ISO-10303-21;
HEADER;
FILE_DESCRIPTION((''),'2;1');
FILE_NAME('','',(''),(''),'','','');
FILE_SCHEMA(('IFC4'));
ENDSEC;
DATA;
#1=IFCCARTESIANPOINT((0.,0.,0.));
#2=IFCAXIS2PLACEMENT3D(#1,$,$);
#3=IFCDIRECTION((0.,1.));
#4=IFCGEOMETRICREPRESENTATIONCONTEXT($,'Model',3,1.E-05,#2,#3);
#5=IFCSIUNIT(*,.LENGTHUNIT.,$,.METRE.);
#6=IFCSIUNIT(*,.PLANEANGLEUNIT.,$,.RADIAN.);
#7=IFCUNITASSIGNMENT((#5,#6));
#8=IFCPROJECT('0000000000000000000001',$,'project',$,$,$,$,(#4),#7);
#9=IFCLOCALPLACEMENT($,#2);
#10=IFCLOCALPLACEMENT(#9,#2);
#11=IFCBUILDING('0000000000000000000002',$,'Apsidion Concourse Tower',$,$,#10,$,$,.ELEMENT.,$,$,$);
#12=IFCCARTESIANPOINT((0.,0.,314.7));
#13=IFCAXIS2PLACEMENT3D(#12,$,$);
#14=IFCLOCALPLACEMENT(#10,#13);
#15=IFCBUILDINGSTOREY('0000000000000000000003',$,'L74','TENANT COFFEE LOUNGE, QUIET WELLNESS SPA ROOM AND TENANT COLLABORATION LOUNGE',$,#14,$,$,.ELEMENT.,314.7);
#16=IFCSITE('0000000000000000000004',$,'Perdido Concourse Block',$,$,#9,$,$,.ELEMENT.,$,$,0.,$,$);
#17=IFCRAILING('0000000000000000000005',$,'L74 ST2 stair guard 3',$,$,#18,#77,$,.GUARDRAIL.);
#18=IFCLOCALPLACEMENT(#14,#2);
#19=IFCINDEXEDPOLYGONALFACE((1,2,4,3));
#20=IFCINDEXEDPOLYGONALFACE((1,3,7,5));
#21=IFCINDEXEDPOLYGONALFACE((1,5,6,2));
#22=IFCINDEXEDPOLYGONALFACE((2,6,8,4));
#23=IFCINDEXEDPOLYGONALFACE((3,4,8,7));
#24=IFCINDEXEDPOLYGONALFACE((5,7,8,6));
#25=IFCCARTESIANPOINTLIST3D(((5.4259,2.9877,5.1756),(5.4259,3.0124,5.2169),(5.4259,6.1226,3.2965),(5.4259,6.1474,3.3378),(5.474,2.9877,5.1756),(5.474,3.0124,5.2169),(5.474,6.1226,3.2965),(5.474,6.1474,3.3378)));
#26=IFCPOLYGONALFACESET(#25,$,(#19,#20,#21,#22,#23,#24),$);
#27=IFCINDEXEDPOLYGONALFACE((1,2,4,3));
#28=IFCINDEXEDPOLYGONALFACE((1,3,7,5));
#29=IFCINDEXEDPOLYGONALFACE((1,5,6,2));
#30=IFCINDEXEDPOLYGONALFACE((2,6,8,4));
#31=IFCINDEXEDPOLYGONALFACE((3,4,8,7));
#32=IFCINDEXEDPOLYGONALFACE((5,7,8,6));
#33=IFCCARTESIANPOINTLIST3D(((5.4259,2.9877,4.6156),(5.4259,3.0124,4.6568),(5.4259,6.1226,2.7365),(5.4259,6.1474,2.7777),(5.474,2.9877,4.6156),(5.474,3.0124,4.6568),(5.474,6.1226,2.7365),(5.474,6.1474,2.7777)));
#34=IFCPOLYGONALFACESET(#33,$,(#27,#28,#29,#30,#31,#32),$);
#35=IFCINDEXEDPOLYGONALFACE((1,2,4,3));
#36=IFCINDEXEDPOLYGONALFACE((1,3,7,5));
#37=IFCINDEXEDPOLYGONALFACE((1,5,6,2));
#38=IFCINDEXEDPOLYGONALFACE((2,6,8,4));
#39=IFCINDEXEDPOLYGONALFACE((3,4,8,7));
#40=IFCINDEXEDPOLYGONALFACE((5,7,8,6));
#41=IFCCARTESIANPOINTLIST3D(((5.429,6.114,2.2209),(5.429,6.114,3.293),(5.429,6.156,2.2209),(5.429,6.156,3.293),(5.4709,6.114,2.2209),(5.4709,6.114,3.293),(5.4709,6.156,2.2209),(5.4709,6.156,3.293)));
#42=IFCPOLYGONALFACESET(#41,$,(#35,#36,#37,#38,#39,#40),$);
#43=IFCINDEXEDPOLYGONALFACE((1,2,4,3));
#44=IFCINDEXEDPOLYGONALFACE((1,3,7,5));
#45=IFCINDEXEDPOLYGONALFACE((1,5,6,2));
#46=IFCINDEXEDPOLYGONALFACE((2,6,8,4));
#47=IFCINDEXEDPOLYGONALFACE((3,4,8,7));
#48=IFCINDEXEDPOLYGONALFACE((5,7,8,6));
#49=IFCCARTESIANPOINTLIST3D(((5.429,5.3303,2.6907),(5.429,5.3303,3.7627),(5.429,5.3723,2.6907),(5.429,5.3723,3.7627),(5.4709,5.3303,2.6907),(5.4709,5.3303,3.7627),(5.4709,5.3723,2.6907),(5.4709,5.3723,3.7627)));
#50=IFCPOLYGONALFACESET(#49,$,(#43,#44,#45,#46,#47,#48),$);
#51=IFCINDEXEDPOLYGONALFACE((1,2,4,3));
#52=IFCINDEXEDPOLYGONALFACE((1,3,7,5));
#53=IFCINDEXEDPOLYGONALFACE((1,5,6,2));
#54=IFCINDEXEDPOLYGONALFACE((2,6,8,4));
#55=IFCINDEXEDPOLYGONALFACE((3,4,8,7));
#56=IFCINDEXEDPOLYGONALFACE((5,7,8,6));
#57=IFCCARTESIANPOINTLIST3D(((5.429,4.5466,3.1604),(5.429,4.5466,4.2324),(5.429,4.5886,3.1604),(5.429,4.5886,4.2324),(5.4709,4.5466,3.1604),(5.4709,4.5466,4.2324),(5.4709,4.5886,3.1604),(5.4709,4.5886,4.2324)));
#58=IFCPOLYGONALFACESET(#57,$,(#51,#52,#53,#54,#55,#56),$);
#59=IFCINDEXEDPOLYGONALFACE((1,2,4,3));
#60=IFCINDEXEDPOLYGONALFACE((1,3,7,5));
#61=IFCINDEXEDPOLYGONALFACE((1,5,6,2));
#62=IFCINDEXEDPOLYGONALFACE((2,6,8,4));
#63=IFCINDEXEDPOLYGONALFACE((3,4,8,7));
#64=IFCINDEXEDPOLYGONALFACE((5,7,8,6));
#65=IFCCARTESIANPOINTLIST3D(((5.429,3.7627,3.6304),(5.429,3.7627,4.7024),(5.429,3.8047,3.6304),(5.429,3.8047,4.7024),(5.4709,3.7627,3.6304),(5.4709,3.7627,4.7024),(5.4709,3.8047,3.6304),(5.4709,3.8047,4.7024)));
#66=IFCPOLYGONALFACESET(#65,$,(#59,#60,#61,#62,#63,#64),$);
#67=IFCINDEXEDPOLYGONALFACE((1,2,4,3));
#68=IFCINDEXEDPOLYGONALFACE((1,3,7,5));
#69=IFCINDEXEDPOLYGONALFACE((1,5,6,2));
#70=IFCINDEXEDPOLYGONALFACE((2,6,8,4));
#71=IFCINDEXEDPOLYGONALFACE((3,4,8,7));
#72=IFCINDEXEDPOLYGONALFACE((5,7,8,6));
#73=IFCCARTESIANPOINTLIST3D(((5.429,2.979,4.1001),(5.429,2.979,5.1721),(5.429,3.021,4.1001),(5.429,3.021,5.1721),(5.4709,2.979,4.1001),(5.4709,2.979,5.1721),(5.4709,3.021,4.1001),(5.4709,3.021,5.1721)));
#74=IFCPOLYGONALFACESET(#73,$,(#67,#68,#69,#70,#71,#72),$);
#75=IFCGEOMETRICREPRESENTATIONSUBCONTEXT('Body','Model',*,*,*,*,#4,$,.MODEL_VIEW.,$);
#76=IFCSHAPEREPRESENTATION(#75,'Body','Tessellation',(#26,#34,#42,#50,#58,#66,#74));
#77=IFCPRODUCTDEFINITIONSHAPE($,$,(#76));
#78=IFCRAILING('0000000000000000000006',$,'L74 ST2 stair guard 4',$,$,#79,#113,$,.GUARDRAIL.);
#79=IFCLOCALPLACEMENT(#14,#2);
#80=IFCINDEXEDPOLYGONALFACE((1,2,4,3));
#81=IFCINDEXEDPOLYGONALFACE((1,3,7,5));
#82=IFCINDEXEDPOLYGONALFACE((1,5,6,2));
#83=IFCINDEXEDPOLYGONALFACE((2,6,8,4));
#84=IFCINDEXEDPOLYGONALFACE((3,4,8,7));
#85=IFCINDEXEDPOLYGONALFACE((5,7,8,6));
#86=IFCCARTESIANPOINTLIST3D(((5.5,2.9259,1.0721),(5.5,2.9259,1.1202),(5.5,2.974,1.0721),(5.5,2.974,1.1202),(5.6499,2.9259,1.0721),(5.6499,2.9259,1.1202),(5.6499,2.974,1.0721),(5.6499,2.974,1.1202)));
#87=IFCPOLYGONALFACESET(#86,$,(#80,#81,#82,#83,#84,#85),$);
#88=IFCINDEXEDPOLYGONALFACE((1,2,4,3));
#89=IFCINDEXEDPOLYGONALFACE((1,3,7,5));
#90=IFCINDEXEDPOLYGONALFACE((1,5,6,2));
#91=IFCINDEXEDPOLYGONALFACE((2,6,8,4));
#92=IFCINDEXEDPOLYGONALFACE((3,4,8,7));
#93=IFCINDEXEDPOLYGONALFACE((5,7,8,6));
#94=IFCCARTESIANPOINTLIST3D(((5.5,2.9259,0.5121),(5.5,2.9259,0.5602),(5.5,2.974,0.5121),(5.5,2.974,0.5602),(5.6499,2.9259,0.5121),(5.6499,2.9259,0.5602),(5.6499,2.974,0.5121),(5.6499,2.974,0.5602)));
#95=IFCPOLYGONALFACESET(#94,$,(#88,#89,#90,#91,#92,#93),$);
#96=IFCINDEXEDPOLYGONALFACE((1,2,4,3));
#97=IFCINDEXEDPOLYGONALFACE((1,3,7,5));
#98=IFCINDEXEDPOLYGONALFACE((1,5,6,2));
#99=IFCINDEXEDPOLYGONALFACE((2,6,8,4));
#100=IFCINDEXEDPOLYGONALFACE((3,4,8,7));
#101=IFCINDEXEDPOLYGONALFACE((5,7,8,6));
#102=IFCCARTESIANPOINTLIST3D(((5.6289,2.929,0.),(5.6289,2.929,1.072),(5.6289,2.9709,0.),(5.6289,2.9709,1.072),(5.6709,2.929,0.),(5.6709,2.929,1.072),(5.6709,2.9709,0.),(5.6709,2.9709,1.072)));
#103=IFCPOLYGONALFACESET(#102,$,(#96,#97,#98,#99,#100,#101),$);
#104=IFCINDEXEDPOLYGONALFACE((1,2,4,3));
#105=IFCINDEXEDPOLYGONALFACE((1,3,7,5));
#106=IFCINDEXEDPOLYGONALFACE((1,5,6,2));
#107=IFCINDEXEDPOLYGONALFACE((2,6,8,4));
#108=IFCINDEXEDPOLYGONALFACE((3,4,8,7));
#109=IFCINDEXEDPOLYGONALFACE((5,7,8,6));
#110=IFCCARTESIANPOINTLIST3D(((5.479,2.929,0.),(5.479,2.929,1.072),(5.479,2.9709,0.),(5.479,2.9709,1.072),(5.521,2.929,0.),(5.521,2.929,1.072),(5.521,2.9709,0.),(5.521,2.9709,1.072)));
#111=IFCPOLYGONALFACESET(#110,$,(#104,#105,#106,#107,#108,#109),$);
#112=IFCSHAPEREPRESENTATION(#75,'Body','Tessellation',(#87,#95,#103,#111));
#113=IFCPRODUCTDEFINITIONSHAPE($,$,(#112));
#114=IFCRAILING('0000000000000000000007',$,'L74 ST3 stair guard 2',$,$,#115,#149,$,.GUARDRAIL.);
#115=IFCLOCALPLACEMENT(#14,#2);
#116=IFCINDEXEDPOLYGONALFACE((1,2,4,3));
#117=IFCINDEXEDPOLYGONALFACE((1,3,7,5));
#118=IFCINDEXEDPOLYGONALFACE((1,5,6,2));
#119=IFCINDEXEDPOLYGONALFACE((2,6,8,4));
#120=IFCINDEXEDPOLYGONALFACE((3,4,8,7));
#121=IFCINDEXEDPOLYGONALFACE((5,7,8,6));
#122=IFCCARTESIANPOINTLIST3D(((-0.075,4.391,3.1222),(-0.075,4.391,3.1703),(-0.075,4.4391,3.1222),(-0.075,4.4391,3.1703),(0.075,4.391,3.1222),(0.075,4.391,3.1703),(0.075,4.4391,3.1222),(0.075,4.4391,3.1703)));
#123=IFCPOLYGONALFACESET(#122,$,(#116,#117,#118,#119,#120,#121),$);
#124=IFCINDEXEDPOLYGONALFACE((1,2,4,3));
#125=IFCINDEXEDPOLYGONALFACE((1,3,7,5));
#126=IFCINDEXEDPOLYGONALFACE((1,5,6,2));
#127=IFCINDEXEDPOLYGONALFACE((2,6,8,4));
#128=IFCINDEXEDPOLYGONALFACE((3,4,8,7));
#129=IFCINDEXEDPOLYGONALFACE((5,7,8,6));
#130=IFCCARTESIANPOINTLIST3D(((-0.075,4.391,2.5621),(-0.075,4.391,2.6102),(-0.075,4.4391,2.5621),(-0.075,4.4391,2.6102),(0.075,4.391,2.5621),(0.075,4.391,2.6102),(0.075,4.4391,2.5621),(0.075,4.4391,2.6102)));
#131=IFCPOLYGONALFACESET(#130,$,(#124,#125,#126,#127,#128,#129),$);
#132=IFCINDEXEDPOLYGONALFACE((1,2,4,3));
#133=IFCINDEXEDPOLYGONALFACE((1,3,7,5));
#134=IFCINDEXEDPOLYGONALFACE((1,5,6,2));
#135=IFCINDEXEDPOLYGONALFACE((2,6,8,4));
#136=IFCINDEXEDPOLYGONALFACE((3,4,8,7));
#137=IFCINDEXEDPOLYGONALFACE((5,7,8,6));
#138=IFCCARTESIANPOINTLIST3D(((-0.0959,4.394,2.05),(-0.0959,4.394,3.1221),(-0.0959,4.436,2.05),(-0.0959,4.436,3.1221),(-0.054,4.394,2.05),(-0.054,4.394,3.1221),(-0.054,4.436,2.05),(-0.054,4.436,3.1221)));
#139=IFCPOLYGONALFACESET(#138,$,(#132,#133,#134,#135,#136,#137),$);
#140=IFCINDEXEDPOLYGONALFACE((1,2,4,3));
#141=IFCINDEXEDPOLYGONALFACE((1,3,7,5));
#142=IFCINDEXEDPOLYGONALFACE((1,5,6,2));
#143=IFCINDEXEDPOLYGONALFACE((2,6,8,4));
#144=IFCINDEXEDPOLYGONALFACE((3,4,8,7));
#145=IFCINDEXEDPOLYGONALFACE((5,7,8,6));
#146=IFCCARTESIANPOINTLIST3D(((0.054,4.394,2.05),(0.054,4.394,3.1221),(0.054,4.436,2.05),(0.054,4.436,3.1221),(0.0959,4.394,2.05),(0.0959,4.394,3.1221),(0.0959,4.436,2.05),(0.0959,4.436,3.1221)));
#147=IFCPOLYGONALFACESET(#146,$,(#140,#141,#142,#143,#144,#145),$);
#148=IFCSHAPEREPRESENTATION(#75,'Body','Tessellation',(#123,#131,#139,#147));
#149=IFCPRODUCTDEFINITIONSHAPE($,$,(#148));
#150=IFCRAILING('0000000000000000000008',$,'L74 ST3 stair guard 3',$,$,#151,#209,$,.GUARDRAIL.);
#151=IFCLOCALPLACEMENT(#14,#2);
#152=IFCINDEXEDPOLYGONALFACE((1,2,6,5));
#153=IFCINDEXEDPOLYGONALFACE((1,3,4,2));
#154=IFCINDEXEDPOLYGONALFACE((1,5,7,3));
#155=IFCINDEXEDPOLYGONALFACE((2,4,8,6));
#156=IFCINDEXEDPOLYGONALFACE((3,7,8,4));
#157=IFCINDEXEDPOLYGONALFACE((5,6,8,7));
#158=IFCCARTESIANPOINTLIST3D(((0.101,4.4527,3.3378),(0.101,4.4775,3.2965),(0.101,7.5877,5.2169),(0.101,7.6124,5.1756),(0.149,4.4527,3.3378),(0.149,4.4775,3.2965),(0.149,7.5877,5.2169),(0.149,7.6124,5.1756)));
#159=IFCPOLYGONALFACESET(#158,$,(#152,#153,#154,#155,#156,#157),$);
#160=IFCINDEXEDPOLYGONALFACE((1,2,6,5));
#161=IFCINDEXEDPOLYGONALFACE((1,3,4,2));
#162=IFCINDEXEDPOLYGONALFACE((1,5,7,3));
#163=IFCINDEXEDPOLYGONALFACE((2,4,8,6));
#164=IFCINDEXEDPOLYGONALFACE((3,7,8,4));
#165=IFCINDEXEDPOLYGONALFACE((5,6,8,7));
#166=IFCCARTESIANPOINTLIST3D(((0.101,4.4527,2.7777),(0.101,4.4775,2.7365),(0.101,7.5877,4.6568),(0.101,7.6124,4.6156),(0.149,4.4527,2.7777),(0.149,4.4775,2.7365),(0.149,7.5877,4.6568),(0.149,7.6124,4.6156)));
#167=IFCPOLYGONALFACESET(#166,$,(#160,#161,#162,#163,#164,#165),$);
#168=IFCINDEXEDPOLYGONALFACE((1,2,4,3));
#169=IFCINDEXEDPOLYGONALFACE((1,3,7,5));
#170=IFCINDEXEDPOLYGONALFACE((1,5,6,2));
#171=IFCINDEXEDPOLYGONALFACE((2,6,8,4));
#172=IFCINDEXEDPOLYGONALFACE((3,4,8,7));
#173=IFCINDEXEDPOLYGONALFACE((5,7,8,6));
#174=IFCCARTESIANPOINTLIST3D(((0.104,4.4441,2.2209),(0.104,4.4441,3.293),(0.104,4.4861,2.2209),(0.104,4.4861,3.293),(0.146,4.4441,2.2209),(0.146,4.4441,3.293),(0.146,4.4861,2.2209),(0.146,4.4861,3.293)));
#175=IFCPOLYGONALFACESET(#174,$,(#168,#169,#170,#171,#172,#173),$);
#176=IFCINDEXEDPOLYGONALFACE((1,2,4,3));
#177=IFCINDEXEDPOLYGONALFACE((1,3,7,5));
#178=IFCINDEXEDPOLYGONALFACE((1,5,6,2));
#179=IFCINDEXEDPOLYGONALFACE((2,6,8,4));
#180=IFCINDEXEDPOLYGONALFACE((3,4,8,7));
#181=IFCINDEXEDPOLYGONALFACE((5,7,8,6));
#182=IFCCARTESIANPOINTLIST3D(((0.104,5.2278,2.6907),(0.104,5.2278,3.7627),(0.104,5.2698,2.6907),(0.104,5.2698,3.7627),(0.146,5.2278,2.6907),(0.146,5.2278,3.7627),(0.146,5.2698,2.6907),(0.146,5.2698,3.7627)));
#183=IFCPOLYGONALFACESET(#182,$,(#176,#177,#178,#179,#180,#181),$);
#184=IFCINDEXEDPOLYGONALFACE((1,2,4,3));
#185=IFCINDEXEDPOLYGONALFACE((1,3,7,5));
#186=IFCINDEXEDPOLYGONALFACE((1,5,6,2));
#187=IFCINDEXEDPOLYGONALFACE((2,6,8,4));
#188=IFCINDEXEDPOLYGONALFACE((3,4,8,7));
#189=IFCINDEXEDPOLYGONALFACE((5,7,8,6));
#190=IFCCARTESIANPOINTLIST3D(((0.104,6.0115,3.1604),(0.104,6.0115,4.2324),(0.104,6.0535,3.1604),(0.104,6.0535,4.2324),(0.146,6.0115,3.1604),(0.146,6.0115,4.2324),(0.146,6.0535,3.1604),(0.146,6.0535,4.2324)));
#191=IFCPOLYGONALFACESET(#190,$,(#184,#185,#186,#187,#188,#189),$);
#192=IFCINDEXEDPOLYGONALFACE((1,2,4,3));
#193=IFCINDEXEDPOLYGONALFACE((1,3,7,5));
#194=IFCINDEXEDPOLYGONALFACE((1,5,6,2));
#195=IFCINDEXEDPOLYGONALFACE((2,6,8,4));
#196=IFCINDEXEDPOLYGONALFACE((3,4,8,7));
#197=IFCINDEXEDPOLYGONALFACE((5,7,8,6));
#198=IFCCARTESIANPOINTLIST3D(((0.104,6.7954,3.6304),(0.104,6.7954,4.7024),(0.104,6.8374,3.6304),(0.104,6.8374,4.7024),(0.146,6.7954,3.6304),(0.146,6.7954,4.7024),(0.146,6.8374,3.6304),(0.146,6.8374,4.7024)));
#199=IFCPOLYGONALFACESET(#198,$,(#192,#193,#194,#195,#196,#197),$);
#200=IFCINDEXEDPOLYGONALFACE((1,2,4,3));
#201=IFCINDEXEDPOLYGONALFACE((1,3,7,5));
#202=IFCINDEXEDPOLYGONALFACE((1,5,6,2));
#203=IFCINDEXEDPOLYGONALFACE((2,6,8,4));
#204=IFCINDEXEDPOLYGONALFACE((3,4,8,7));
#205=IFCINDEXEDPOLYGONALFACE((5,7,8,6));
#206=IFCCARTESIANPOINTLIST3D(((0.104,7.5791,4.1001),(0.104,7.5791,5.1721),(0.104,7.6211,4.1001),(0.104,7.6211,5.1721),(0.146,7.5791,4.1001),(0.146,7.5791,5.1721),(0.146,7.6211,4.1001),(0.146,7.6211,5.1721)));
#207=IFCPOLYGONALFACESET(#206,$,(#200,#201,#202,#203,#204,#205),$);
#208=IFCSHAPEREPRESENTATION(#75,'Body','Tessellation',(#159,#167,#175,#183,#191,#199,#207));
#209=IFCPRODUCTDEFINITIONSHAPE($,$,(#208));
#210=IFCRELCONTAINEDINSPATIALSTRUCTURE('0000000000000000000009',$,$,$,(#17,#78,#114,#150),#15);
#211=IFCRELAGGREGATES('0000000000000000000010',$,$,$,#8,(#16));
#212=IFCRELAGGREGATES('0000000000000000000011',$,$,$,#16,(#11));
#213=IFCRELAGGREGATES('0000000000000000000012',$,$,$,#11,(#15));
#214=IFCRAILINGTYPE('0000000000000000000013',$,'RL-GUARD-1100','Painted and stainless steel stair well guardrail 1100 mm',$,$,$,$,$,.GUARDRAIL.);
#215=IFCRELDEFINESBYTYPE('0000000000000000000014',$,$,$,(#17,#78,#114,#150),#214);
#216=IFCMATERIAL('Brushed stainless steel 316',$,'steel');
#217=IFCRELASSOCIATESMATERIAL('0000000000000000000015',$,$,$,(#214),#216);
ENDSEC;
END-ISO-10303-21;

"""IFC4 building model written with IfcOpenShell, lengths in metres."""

from ifc_helpers import new_model, si_unit, direction, frame, origin, origin_2d, place, context, subcontext, project, spatial, rectangle, extrude, material, type_object, element, save


model = new_model("IFC4")

# Units and contexts
model_context = context("Model", 3, precision=1e-05, world=origin(), true_north=direction((0.0, 1.0)))
body_context = subcontext(model_context, "Body", "Model", "MODEL_VIEW")
ifc_project = project(units=[si_unit("LENGTHUNIT", "METRE"), si_unit("PLANEANGLEUNIT", "RADIAN")], contexts=[model_context])

# Site, building, storey
site_placement = place(None, origin())
site = spatial("IfcSite", under=ifc_project, at=site_placement, Name="Perdido Concourse Block", CompositionType="ELEMENT", RefElevation=0.0)
building_placement = place(site_placement, origin())
building = spatial("IfcBuilding", under=site, at=building_placement, Name="Apsidion Concourse Tower", CompositionType="ELEMENT")
storey_placement = place(building_placement, frame((0.0, 0.0, 314.7)))
storey = spatial("IfcBuildingStorey", under=building, at=storey_placement, Name="L74", Description="TENANT COFFEE LOUNGE, QUIET WELLNESS SPA ROOM AND TENANT COLLABORATION LOUNGE", CompositionType="ELEMENT", Elevation=314.7)

# Railings
ifc_material_1 = material(Name="Brushed stainless steel 316", Category="steel")
railing_type_1 = type_object("IfcRailingType", Name="RL-GUARD-1100", Description="Painted and stainless steel stair well guardrail 1100 mm", PredefinedType="GUARDRAIL", material=ifc_material_1)
railing_1_placement = place(storey_placement, frame((5.45, 6.135, 2.2209)))
element("IfcRailing", 1, at=railing_1_placement, inside=storey, type_object=railing_type_1, Name="L74 ST2 stair guard 3", PredefinedType="GUARDRAIL", context=body_context, shape_type="SweptSolid", body=[
    extrude(rectangle(XDim=0.0481, YDim=0.0481, at=origin_2d()), frame((0.0, 0.0, 1.0962), z_axis=(0.0, -0.857717, 0.514122), x_axis=(1.0, 0.0, 0.0)), (0.0, 0.0, 1.0), 3.655),
    extrude(rectangle(XDim=0.0481, YDim=0.0481, at=origin_2d()), frame((0.0, 0.0, 0.5361), z_axis=(0.0, -0.857717, 0.514122), x_axis=(1.0, 0.0, 0.0)), (0.0, 0.0, 1.0), 3.655),
    extrude(rectangle(XDim=0.042, YDim=0.042, at=origin_2d()), origin(), (0.0, 0.0, 1.0), 1.072),
    extrude(rectangle(XDim=0.042, YDim=0.042, at=origin_2d()), frame((0.0, -0.7837, 0.4697)), (0.0, 0.0, 1.0), 1.072),
    extrude(rectangle(XDim=0.042, YDim=0.042, at=origin_2d()), frame((0.0, -1.5674, 0.9395)), (0.0, 0.0, 1.0), 1.072),
    extrude(rectangle(XDim=0.042, YDim=0.042, at=origin_2d()), frame((0.0, -2.3513, 1.4094)), (0.0, 0.0, 1.0), 1.072),
    extrude(rectangle(XDim=0.042, YDim=0.042, at=origin_2d()), frame((0.0, -3.135, 1.8792)), (0.0, 0.0, 1.0), 1.072),
])
railing_2_placement = place(storey_placement, frame((5.6499, 2.95, 0.0)))
element("IfcRailing", 2, at=railing_2_placement, inside=storey, type_object=railing_type_1, Name="L74 ST2 stair guard 4", PredefinedType="GUARDRAIL", context=body_context, shape_type="SweptSolid", body=[
    extrude(rectangle(XDim=0.0481, YDim=0.0481, at=origin_2d()), frame((0.0, 0.0, 1.0962), z_axis=(-1.0, 0.0, 0.0), x_axis=(0.0, -1.0, 0.0)), (0.0, 0.0, 1.0), 0.1499),
    extrude(rectangle(XDim=0.0481, YDim=0.0481, at=origin_2d()), frame((0.0, 0.0, 0.5361), z_axis=(-1.0, 0.0, 0.0), x_axis=(0.0, -1.0, 0.0)), (0.0, 0.0, 1.0), 0.1499),
    extrude(rectangle(XDim=0.042, YDim=0.042, at=origin_2d()), origin(), (0.0, 0.0, 1.0), 1.072),
    extrude(rectangle(XDim=0.042, YDim=0.042, at=origin_2d()), frame((-0.1499, 0.0, 0.0)), (0.0, 0.0, 1.0), 1.072),
])
railing_3_placement = place(storey_placement, frame((-0.075, 4.415, 2.05)))
element("IfcRailing", 3, at=railing_3_placement, inside=storey, type_object=railing_type_1, Name="L74 ST3 stair guard 2", PredefinedType="GUARDRAIL", context=body_context, shape_type="SweptSolid", body=[
    extrude(rectangle(XDim=0.0481, YDim=0.0481, at=origin_2d()), frame((0.0, 0.0, 1.0962), z_axis=(1.0, 0.0, 0.0), x_axis=(0.0, 1.0, 0.0)), (0.0, 0.0, 1.0), 0.1499),
    extrude(rectangle(XDim=0.0481, YDim=0.0481, at=origin_2d()), frame((0.0, 0.0, 0.5361), z_axis=(1.0, 0.0, 0.0), x_axis=(0.0, 1.0, 0.0)), (0.0, 0.0, 1.0), 0.1499),
    extrude(rectangle(XDim=0.042, YDim=0.042, at=origin_2d()), origin(), (0.0, 0.0, 1.0), 1.072),
    extrude(rectangle(XDim=0.042, YDim=0.042, at=origin_2d()), frame((0.1499, 0.0, 0.0)), (0.0, 0.0, 1.0), 1.072),
])
railing_4_placement = place(storey_placement, frame((0.125, 4.4651, 2.2209)))
element("IfcRailing", 4, at=railing_4_placement, inside=storey, type_object=railing_type_1, Name="L74 ST3 stair guard 3", PredefinedType="GUARDRAIL", context=body_context, shape_type="SweptSolid", body=[
    extrude(rectangle(XDim=0.0481, YDim=0.0481, at=origin_2d()), frame((0.0, 0.0, 1.0962), z_axis=(0.0, 0.857717, 0.514122), x_axis=(-1.0, 0.0, 0.0)), (0.0, 0.0, 1.0), 3.655),
    extrude(rectangle(XDim=0.0481, YDim=0.0481, at=origin_2d()), frame((0.0, 0.0, 0.5361), z_axis=(0.0, 0.857717, 0.514122), x_axis=(-1.0, 0.0, 0.0)), (0.0, 0.0, 1.0), 3.655),
    extrude(rectangle(XDim=0.042, YDim=0.042, at=origin_2d()), origin(), (0.0, 0.0, 1.0), 1.072),
    extrude(rectangle(XDim=0.042, YDim=0.042, at=origin_2d()), frame((0.0, 0.7837, 0.4697)), (0.0, 0.0, 1.0), 1.072),
    extrude(rectangle(XDim=0.042, YDim=0.042, at=origin_2d()), frame((0.0, 1.5674, 0.9395)), (0.0, 0.0, 1.0), 1.072),
    extrude(rectangle(XDim=0.042, YDim=0.042, at=origin_2d()), frame((0.0, 2.3513, 1.4094)), (0.0, 0.0, 1.0), 1.072),
    extrude(rectangle(XDim=0.042, YDim=0.042, at=origin_2d()), frame((0.0, 3.135, 1.8792)), (0.0, 0.0, 1.0), 1.072),
])

save(model, "model.ifc")
